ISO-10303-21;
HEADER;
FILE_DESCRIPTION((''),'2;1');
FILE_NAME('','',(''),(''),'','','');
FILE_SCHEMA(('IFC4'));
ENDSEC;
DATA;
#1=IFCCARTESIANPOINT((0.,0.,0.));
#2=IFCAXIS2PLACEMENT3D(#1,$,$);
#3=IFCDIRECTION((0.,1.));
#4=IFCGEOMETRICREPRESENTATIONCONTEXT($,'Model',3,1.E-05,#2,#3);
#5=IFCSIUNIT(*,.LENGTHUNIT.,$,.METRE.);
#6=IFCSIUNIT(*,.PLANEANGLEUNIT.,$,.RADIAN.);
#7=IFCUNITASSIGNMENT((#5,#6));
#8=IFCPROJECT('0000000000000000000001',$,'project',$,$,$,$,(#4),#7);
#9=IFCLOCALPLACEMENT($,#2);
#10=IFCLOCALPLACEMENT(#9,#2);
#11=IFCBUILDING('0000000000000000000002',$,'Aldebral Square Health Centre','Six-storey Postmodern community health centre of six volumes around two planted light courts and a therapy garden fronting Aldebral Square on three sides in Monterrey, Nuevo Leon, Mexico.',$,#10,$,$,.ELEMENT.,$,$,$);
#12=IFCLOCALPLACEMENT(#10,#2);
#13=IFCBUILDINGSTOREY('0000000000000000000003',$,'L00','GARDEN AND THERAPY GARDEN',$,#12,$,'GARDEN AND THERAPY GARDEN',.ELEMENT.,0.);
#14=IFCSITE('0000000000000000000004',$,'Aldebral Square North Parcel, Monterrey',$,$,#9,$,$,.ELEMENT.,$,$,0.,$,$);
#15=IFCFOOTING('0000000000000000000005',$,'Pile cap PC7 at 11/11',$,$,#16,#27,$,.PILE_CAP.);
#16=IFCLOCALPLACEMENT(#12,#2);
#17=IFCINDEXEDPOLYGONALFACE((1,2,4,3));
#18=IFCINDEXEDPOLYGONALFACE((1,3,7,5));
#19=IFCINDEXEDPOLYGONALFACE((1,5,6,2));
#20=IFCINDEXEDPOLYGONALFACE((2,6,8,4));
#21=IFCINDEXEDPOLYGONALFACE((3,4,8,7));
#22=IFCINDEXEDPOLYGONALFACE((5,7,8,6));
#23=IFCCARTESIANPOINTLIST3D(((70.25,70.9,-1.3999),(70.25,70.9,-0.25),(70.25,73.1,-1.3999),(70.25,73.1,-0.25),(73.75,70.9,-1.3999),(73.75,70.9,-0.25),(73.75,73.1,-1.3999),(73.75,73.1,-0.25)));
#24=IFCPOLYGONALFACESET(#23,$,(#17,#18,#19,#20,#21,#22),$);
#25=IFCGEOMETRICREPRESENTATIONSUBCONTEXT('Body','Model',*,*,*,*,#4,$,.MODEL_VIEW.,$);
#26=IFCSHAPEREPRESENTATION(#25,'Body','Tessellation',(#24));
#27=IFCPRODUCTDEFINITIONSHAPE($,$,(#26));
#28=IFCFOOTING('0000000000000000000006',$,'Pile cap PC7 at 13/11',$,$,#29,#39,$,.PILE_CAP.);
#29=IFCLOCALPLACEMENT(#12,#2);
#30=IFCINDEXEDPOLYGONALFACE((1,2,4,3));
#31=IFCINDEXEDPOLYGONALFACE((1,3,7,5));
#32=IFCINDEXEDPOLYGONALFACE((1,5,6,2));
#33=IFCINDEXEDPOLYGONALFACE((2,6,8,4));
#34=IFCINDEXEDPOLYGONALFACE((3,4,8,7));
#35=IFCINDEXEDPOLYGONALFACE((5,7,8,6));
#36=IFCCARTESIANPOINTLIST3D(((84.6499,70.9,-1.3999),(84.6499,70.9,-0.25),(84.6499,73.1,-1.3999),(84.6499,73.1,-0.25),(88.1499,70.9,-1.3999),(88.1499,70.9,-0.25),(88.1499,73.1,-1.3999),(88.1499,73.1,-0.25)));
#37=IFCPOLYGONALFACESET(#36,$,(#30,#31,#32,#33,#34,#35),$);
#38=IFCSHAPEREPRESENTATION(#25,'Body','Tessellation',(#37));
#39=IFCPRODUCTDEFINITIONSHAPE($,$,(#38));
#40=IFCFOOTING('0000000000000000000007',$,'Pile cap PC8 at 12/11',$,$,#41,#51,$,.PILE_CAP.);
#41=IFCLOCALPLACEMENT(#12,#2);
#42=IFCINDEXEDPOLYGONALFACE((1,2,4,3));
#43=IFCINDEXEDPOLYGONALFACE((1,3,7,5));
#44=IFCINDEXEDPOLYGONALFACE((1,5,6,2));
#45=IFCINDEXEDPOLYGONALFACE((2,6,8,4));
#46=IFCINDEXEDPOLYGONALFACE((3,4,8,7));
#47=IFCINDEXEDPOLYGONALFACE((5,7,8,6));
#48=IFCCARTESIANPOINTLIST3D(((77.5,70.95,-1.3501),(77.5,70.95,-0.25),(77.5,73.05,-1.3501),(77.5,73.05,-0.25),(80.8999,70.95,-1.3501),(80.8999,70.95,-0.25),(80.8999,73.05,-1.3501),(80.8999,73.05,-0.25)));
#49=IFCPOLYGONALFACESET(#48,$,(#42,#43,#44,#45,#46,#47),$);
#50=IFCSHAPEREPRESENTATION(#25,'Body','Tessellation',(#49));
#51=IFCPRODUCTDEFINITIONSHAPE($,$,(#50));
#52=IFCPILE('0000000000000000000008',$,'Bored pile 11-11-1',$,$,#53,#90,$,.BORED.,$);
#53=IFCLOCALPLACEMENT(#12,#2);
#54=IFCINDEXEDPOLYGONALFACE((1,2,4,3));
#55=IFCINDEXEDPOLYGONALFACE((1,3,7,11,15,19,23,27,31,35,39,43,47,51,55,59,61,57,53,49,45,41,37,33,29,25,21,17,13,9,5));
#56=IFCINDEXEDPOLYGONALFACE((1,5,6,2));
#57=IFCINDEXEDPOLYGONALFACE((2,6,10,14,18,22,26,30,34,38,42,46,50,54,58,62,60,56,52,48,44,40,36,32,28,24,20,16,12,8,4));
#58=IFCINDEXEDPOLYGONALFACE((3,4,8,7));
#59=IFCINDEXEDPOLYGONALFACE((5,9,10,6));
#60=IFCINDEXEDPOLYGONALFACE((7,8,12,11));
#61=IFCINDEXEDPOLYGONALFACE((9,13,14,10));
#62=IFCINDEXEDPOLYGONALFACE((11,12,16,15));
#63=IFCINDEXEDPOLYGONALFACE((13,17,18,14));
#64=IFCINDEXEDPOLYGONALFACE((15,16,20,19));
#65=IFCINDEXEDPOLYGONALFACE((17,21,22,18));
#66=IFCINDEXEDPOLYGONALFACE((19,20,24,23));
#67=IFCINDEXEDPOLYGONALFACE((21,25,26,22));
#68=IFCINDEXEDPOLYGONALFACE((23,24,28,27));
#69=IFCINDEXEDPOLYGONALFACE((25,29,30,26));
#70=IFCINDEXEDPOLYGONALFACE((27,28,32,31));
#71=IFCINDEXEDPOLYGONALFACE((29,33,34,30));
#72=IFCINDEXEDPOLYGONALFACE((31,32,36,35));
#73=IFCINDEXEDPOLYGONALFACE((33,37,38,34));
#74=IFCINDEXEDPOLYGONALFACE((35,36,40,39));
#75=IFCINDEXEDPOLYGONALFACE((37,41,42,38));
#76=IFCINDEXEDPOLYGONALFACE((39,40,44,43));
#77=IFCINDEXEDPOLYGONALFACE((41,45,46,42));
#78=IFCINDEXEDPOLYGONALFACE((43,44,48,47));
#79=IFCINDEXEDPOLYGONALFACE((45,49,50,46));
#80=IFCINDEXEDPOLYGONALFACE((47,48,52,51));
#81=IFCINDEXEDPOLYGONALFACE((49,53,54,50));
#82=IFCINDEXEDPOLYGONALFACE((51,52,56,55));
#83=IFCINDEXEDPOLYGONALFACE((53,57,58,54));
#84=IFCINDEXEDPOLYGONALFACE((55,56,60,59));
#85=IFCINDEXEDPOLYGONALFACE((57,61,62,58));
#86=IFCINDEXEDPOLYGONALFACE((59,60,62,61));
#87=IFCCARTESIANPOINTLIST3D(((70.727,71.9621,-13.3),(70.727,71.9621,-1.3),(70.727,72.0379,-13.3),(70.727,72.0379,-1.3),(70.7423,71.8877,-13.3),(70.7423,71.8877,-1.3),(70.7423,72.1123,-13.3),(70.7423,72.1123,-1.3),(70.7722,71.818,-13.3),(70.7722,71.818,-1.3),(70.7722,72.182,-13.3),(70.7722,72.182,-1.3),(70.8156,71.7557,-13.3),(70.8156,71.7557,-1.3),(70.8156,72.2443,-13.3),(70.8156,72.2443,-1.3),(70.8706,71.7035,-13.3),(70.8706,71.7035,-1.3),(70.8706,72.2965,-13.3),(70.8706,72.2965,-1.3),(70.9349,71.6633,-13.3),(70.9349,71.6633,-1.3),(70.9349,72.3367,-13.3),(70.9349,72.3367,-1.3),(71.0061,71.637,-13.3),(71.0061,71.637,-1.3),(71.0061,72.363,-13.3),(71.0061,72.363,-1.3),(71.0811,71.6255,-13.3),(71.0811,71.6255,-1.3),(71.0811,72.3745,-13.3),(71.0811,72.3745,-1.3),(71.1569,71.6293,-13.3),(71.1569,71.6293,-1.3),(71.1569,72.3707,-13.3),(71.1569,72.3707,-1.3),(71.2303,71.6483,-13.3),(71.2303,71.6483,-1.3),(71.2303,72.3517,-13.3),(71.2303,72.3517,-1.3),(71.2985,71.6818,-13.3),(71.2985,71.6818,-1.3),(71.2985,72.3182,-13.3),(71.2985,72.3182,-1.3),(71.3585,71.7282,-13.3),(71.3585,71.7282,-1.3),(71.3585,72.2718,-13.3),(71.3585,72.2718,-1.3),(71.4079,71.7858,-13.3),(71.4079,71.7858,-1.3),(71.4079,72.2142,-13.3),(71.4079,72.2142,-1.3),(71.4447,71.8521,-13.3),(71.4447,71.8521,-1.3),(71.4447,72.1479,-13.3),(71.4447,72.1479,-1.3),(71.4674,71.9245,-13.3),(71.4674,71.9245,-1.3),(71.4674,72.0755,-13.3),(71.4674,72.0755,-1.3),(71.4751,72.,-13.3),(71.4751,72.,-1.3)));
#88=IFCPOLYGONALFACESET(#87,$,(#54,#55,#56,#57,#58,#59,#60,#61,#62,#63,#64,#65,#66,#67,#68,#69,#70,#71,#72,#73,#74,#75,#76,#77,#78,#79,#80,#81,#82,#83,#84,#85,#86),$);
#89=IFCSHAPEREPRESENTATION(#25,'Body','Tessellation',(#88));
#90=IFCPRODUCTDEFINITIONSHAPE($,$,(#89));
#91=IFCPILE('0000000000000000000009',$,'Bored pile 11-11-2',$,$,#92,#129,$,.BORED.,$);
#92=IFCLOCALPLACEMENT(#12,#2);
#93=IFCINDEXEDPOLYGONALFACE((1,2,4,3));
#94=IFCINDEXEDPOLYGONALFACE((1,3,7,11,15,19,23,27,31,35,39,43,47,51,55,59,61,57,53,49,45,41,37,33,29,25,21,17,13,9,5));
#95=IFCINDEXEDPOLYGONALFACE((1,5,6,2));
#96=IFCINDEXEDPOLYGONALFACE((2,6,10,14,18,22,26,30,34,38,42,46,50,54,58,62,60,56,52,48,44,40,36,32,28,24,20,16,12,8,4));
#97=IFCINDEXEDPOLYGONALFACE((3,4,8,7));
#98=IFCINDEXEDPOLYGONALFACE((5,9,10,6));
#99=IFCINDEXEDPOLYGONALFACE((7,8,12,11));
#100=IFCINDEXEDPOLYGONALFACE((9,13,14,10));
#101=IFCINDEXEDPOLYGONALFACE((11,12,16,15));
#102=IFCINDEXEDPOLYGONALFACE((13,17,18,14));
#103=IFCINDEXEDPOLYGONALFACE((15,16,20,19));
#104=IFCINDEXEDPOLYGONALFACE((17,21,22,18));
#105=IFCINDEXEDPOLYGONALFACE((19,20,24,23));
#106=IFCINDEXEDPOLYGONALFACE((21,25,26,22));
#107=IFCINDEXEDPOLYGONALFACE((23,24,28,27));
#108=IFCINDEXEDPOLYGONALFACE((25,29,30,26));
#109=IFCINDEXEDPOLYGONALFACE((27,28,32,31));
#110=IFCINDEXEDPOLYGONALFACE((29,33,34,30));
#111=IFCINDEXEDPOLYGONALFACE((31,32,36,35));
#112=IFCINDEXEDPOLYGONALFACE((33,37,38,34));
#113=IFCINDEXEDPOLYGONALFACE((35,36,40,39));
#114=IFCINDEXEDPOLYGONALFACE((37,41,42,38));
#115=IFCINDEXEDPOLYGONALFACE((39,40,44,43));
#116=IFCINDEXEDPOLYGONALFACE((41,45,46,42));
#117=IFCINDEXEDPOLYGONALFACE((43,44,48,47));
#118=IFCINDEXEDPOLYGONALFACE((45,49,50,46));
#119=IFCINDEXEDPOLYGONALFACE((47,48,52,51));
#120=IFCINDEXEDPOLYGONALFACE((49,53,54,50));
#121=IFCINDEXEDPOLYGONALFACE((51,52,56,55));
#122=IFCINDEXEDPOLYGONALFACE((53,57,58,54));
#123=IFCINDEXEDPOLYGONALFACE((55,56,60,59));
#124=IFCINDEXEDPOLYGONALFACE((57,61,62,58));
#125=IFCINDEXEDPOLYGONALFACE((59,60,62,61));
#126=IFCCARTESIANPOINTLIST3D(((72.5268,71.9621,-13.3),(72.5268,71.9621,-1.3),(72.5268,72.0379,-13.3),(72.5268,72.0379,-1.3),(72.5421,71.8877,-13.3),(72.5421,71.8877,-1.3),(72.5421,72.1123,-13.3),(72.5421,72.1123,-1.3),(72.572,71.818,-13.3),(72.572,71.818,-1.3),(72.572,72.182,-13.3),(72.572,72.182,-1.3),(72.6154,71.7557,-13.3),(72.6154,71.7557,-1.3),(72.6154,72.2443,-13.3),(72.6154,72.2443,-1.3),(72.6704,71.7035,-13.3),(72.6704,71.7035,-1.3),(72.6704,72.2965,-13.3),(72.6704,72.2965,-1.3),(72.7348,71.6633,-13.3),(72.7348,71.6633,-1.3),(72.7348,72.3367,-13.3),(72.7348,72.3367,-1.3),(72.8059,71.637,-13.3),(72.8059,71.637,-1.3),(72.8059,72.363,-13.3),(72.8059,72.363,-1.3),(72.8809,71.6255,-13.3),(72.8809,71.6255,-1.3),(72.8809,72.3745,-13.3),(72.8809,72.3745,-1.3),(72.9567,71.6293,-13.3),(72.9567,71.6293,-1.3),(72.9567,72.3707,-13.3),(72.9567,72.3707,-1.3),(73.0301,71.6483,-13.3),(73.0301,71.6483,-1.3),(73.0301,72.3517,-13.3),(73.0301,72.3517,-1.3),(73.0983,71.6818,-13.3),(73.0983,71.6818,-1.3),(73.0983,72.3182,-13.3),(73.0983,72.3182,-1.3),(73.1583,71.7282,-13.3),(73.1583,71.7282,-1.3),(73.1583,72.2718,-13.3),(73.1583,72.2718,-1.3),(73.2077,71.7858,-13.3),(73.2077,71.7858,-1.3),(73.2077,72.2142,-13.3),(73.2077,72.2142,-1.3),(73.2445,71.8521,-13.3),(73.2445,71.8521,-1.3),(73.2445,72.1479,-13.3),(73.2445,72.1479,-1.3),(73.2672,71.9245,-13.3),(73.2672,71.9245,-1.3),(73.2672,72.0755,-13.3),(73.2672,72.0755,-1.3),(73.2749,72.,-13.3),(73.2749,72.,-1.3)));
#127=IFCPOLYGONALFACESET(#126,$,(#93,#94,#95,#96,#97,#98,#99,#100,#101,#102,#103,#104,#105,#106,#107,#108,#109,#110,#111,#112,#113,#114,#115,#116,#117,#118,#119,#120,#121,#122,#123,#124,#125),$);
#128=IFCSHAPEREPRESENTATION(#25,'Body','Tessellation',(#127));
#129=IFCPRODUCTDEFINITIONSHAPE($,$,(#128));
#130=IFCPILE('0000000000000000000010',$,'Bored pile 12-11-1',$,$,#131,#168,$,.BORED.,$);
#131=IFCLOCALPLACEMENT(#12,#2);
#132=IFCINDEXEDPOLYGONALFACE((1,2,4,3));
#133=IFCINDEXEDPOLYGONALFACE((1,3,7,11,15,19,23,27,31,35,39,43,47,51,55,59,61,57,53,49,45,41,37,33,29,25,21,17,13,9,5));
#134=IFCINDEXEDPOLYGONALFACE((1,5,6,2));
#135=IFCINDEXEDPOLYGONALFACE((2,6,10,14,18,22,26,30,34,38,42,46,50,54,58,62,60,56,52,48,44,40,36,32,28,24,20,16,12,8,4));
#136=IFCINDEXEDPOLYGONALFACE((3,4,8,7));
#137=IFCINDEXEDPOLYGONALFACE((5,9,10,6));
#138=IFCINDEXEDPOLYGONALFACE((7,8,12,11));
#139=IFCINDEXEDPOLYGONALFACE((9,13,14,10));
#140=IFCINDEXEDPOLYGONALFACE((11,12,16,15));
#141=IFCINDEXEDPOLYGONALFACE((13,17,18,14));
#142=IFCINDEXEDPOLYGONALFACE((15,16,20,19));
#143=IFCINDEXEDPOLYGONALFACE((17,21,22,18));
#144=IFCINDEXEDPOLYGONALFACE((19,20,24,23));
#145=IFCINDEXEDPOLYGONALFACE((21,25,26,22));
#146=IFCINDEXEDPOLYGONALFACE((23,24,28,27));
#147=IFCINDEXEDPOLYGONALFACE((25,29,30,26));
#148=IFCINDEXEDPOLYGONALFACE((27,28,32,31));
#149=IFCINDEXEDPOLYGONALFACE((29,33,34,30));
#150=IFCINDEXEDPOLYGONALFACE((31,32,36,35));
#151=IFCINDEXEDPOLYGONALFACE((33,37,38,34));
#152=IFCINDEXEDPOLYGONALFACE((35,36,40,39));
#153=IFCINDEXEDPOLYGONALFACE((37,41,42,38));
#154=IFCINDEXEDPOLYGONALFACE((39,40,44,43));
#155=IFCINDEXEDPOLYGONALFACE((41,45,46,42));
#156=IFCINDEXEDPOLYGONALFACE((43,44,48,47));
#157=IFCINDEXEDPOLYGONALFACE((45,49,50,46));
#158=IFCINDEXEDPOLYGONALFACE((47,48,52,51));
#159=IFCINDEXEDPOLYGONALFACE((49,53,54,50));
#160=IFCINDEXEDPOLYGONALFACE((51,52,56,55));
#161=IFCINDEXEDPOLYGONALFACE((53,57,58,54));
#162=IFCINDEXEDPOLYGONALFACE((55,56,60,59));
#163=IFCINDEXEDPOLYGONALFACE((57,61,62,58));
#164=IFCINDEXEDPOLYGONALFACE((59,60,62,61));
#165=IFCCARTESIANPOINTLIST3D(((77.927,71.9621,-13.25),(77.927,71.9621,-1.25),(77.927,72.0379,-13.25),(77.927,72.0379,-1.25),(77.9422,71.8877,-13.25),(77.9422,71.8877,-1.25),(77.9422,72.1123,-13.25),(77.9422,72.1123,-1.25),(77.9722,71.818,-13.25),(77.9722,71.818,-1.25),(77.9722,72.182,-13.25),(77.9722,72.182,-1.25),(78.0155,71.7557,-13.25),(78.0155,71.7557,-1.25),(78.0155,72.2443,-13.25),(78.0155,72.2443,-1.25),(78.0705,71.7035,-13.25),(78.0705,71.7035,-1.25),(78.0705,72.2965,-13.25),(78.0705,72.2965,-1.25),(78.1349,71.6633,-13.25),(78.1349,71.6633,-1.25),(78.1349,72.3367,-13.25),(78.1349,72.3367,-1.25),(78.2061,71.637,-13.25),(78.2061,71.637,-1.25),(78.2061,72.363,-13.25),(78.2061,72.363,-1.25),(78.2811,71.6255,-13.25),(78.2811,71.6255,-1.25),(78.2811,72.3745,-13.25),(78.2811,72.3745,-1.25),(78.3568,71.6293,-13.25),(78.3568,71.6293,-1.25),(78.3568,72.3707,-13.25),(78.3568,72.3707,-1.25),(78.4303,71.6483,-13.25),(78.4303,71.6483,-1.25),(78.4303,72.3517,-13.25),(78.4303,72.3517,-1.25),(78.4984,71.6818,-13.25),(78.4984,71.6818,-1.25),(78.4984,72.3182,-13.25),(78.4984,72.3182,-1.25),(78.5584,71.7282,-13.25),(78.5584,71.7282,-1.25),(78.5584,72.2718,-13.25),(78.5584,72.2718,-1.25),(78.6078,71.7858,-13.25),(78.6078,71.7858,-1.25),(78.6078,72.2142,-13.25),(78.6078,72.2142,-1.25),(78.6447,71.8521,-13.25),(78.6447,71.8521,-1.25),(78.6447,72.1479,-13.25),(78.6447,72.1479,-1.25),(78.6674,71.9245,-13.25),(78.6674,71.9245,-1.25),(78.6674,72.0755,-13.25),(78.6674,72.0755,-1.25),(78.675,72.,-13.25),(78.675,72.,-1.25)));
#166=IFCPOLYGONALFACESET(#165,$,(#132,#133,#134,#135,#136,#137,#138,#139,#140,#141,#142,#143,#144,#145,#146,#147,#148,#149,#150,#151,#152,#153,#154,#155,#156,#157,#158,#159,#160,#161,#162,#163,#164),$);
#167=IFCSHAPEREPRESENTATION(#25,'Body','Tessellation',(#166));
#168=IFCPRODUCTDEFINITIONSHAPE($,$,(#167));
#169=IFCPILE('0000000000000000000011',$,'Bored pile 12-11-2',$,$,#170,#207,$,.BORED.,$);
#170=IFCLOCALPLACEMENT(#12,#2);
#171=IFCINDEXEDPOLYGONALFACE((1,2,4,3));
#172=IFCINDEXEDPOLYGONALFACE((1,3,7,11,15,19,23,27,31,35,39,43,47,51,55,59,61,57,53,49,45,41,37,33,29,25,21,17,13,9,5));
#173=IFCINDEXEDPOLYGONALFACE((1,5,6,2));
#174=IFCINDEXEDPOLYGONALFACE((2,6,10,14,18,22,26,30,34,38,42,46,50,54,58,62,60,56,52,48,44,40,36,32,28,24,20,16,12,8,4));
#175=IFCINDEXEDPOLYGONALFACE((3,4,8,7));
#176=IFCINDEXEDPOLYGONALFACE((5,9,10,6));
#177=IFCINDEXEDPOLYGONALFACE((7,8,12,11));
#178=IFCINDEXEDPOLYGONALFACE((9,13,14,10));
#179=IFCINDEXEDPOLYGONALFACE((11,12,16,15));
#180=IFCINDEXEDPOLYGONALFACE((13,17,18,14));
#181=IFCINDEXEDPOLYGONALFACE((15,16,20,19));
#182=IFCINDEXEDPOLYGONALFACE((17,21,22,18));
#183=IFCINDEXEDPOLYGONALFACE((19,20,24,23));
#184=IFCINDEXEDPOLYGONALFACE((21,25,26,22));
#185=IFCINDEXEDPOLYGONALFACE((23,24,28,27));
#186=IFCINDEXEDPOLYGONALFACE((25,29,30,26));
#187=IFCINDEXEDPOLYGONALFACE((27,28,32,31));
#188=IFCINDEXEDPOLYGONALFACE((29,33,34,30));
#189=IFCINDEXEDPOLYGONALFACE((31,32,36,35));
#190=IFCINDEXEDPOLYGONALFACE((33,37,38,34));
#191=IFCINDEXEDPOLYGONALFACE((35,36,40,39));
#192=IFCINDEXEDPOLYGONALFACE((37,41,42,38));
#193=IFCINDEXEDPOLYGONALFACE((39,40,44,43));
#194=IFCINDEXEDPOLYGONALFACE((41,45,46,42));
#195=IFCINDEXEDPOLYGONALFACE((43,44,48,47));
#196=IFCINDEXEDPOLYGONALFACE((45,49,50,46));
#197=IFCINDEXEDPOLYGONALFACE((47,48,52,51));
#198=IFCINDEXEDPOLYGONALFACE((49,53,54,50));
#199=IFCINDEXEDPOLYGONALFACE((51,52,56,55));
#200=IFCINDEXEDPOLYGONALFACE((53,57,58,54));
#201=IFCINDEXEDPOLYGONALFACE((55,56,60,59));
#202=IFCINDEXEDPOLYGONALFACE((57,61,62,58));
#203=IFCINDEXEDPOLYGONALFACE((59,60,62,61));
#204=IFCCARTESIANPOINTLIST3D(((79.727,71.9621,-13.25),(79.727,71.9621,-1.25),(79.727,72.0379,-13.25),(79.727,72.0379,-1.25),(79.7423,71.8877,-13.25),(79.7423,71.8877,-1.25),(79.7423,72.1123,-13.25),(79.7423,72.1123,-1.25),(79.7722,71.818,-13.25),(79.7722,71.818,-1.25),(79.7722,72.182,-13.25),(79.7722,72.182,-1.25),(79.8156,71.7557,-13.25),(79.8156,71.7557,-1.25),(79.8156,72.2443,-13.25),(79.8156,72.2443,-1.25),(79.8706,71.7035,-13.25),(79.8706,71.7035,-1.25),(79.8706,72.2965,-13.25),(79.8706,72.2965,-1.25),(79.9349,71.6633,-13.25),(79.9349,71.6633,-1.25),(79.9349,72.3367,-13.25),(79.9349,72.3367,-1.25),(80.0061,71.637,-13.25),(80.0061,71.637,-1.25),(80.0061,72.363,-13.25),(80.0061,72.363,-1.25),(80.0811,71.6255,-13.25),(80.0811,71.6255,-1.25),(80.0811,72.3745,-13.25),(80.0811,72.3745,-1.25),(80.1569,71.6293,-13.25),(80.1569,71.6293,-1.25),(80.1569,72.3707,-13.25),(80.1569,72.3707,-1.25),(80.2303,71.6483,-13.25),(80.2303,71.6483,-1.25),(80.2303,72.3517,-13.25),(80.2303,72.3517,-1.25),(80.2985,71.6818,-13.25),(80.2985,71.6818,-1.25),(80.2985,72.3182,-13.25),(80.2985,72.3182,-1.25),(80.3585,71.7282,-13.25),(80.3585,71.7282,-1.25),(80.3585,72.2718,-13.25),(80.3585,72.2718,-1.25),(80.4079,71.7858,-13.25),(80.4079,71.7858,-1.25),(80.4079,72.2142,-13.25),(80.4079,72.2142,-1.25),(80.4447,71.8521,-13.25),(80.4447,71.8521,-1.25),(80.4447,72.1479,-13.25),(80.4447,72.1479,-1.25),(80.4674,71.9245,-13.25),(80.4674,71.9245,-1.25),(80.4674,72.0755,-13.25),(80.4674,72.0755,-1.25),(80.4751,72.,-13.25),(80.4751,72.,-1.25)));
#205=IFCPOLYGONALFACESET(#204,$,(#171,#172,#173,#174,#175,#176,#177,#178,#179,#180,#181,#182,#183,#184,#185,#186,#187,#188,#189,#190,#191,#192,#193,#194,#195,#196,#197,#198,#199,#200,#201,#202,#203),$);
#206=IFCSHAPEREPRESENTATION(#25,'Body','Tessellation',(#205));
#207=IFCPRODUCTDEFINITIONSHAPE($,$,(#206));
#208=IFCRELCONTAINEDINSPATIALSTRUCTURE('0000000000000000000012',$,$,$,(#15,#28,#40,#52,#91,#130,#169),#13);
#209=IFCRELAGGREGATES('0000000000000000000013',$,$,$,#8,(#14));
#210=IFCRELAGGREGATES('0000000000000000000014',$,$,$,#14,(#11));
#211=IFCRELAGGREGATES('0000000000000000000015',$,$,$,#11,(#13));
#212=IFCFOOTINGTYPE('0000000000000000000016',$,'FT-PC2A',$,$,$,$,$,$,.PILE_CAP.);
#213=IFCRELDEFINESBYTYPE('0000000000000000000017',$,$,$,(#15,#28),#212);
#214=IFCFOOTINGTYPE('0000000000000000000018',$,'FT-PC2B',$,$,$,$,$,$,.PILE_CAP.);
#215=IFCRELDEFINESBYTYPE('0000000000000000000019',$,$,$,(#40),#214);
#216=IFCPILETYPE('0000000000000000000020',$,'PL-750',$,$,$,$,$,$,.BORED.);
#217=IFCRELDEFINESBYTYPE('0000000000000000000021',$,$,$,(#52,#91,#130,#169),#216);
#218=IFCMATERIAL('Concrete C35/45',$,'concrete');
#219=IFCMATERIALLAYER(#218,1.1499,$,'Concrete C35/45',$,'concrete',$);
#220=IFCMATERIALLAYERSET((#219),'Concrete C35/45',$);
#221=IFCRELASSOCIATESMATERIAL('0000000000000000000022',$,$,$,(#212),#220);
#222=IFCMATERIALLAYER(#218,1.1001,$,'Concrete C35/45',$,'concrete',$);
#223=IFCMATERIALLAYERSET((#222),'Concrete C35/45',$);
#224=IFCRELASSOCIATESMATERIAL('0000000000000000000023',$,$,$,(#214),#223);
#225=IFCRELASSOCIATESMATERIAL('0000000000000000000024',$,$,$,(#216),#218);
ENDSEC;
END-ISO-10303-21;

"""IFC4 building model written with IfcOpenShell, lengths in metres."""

from ifc_helpers import new_model, si_unit, direction, frame, origin, origin_2d, place, context, subcontext, project, spatial, rectangle, circle, extrude, material, layer, layer_set, material_profile, profile_set, type_object, element, save


model = new_model("IFC4")

# Units and contexts
model_context = context("Model", 3, precision=1e-05, world=origin(), true_north=direction((0.0, 1.0)))
body_context = subcontext(model_context, "Body", "Model", "MODEL_VIEW")
ifc_project = project(units=[si_unit("LENGTHUNIT", "METRE"), si_unit("PLANEANGLEUNIT", "RADIAN")], contexts=[model_context])

# Site, building, storey
site_placement = place(None, origin())
site = spatial("IfcSite", under=ifc_project, at=site_placement, Name="Aldebral Square North Parcel, Monterrey", CompositionType="ELEMENT", RefElevation=0.0)
building_placement = place(site_placement, origin())
building = spatial("IfcBuilding", under=site, at=building_placement, Name="Aldebral Square Health Centre", Description="Six-storey Postmodern community health centre of six volumes around two planted light courts and a therapy garden fronting Aldebral Square on three sides in Monterrey, Nuevo Leon, Mexico.", CompositionType="ELEMENT")
storey_placement = place(building_placement, origin())
storey = spatial("IfcBuildingStorey", under=building, at=storey_placement, Name="L00", Description="GARDEN AND THERAPY GARDEN", LongName="GARDEN AND THERAPY GARDEN", CompositionType="ELEMENT", Elevation=0.0)

# Footings
ifc_material_1 = material(Name="Concrete C35/45", Category="concrete")
ifc_layer_1 = layer(ifc_material_1, 1.1499, Name="Concrete C35/45", Category="concrete")
ifc_layer_set_1 = layer_set([ifc_layer_1], Name="Concrete C35/45")
footing_type_1 = type_object("IfcFootingType", Name="FT-PC2A", PredefinedType="PILE_CAP", material=ifc_layer_set_1)
for number, where, z_axis, x_axis, name in (
    (1, (72.0, 72.0, -1.3999), (0.0, 0.0, 1.0), (1.0, 0.0, 0.0), "Pile cap PC7 at 11/11"),
    (2, (86.3999, 72.0, -1.3999), (0.0, 0.0, 1.0), (1.0, 0.0, 0.0), "Pile cap PC7 at 13/11"),
):
    element("IfcFooting", number, at=place(storey_placement, frame(where, z_axis=z_axis, x_axis=x_axis)), inside=storey, type_object=footing_type_1, Name=name, PredefinedType="PILE_CAP", context=body_context, shape_type="SweptSolid", body=[
        extrude(rectangle(XDim=3.5, YDim=2.2, at=origin_2d()), origin(), (0.0, 0.0, 1.0), 1.1499),
    ])
ifc_layer_2 = layer(ifc_material_1, 1.1001, Name="Concrete C35/45", Category="concrete")
ifc_layer_set_2 = layer_set([ifc_layer_2], Name="Concrete C35/45")
footing_type_2 = type_object("IfcFootingType", Name="FT-PC2B", PredefinedType="PILE_CAP", material=ifc_layer_set_2)
footing_placement = place(storey_placement, frame((79.2, 72.0, -1.3501), z_axis=(0.0, 0.0, 1.0), x_axis=(1.0, 0.0, 0.0)))
element("IfcFooting", 3, at=footing_placement, inside=storey, type_object=footing_type_2, Name="Pile cap PC8 at 12/11", PredefinedType="PILE_CAP", context=body_context, shape_type="SweptSolid", body=[
    extrude(rectangle(XDim=3.3999, YDim=2.1001, at=origin_2d()), origin(), (0.0, 0.0, 1.0), 1.1001),
])

# Piles
ifc_material_profile_1 = material_profile(ifc_material_1, circle(Radius=0.375, at=origin_2d()), Name="PILE D750")
ifc_profile_set_1 = profile_set([ifc_material_profile_1], Name="Concrete C35/45")
pile_type = type_object("IfcPileType", Name="PL-750", PredefinedType="BORED", material=ifc_profile_set_1)
for number, where, z_axis, x_axis, name in (
    (4, (71.1001, 72.0, -1.3), (0.0, 0.0, -1.0), (1.0, 0.0, 0.0), "Bored pile 11-11-1"),
    (5, (72.8999, 72.0, -1.3), (0.0, 0.0, -1.0), (1.0, 0.0, 0.0), "Bored pile 11-11-2"),
    (6, (78.3, 72.0, -1.25), (0.0, 0.0, -1.0), (1.0, 0.0, 0.0), "Bored pile 12-11-1"),
    (7, (80.1001, 72.0, -1.25), (0.0, 0.0, -1.0), (1.0, 0.0, 0.0), "Bored pile 12-11-2"),
):
    element("IfcPile", number, at=place(storey_placement, frame(where, z_axis=z_axis, x_axis=x_axis)), inside=storey, type_object=pile_type, Name=name, PredefinedType="BORED", context=body_context, shape_type="SweptSolid", body=[
        extrude(circle(Radius=0.375, at=origin_2d()), origin(), (0.0, 0.0, 1.0), 12.0),
    ])

save(model, "model.ifc")
